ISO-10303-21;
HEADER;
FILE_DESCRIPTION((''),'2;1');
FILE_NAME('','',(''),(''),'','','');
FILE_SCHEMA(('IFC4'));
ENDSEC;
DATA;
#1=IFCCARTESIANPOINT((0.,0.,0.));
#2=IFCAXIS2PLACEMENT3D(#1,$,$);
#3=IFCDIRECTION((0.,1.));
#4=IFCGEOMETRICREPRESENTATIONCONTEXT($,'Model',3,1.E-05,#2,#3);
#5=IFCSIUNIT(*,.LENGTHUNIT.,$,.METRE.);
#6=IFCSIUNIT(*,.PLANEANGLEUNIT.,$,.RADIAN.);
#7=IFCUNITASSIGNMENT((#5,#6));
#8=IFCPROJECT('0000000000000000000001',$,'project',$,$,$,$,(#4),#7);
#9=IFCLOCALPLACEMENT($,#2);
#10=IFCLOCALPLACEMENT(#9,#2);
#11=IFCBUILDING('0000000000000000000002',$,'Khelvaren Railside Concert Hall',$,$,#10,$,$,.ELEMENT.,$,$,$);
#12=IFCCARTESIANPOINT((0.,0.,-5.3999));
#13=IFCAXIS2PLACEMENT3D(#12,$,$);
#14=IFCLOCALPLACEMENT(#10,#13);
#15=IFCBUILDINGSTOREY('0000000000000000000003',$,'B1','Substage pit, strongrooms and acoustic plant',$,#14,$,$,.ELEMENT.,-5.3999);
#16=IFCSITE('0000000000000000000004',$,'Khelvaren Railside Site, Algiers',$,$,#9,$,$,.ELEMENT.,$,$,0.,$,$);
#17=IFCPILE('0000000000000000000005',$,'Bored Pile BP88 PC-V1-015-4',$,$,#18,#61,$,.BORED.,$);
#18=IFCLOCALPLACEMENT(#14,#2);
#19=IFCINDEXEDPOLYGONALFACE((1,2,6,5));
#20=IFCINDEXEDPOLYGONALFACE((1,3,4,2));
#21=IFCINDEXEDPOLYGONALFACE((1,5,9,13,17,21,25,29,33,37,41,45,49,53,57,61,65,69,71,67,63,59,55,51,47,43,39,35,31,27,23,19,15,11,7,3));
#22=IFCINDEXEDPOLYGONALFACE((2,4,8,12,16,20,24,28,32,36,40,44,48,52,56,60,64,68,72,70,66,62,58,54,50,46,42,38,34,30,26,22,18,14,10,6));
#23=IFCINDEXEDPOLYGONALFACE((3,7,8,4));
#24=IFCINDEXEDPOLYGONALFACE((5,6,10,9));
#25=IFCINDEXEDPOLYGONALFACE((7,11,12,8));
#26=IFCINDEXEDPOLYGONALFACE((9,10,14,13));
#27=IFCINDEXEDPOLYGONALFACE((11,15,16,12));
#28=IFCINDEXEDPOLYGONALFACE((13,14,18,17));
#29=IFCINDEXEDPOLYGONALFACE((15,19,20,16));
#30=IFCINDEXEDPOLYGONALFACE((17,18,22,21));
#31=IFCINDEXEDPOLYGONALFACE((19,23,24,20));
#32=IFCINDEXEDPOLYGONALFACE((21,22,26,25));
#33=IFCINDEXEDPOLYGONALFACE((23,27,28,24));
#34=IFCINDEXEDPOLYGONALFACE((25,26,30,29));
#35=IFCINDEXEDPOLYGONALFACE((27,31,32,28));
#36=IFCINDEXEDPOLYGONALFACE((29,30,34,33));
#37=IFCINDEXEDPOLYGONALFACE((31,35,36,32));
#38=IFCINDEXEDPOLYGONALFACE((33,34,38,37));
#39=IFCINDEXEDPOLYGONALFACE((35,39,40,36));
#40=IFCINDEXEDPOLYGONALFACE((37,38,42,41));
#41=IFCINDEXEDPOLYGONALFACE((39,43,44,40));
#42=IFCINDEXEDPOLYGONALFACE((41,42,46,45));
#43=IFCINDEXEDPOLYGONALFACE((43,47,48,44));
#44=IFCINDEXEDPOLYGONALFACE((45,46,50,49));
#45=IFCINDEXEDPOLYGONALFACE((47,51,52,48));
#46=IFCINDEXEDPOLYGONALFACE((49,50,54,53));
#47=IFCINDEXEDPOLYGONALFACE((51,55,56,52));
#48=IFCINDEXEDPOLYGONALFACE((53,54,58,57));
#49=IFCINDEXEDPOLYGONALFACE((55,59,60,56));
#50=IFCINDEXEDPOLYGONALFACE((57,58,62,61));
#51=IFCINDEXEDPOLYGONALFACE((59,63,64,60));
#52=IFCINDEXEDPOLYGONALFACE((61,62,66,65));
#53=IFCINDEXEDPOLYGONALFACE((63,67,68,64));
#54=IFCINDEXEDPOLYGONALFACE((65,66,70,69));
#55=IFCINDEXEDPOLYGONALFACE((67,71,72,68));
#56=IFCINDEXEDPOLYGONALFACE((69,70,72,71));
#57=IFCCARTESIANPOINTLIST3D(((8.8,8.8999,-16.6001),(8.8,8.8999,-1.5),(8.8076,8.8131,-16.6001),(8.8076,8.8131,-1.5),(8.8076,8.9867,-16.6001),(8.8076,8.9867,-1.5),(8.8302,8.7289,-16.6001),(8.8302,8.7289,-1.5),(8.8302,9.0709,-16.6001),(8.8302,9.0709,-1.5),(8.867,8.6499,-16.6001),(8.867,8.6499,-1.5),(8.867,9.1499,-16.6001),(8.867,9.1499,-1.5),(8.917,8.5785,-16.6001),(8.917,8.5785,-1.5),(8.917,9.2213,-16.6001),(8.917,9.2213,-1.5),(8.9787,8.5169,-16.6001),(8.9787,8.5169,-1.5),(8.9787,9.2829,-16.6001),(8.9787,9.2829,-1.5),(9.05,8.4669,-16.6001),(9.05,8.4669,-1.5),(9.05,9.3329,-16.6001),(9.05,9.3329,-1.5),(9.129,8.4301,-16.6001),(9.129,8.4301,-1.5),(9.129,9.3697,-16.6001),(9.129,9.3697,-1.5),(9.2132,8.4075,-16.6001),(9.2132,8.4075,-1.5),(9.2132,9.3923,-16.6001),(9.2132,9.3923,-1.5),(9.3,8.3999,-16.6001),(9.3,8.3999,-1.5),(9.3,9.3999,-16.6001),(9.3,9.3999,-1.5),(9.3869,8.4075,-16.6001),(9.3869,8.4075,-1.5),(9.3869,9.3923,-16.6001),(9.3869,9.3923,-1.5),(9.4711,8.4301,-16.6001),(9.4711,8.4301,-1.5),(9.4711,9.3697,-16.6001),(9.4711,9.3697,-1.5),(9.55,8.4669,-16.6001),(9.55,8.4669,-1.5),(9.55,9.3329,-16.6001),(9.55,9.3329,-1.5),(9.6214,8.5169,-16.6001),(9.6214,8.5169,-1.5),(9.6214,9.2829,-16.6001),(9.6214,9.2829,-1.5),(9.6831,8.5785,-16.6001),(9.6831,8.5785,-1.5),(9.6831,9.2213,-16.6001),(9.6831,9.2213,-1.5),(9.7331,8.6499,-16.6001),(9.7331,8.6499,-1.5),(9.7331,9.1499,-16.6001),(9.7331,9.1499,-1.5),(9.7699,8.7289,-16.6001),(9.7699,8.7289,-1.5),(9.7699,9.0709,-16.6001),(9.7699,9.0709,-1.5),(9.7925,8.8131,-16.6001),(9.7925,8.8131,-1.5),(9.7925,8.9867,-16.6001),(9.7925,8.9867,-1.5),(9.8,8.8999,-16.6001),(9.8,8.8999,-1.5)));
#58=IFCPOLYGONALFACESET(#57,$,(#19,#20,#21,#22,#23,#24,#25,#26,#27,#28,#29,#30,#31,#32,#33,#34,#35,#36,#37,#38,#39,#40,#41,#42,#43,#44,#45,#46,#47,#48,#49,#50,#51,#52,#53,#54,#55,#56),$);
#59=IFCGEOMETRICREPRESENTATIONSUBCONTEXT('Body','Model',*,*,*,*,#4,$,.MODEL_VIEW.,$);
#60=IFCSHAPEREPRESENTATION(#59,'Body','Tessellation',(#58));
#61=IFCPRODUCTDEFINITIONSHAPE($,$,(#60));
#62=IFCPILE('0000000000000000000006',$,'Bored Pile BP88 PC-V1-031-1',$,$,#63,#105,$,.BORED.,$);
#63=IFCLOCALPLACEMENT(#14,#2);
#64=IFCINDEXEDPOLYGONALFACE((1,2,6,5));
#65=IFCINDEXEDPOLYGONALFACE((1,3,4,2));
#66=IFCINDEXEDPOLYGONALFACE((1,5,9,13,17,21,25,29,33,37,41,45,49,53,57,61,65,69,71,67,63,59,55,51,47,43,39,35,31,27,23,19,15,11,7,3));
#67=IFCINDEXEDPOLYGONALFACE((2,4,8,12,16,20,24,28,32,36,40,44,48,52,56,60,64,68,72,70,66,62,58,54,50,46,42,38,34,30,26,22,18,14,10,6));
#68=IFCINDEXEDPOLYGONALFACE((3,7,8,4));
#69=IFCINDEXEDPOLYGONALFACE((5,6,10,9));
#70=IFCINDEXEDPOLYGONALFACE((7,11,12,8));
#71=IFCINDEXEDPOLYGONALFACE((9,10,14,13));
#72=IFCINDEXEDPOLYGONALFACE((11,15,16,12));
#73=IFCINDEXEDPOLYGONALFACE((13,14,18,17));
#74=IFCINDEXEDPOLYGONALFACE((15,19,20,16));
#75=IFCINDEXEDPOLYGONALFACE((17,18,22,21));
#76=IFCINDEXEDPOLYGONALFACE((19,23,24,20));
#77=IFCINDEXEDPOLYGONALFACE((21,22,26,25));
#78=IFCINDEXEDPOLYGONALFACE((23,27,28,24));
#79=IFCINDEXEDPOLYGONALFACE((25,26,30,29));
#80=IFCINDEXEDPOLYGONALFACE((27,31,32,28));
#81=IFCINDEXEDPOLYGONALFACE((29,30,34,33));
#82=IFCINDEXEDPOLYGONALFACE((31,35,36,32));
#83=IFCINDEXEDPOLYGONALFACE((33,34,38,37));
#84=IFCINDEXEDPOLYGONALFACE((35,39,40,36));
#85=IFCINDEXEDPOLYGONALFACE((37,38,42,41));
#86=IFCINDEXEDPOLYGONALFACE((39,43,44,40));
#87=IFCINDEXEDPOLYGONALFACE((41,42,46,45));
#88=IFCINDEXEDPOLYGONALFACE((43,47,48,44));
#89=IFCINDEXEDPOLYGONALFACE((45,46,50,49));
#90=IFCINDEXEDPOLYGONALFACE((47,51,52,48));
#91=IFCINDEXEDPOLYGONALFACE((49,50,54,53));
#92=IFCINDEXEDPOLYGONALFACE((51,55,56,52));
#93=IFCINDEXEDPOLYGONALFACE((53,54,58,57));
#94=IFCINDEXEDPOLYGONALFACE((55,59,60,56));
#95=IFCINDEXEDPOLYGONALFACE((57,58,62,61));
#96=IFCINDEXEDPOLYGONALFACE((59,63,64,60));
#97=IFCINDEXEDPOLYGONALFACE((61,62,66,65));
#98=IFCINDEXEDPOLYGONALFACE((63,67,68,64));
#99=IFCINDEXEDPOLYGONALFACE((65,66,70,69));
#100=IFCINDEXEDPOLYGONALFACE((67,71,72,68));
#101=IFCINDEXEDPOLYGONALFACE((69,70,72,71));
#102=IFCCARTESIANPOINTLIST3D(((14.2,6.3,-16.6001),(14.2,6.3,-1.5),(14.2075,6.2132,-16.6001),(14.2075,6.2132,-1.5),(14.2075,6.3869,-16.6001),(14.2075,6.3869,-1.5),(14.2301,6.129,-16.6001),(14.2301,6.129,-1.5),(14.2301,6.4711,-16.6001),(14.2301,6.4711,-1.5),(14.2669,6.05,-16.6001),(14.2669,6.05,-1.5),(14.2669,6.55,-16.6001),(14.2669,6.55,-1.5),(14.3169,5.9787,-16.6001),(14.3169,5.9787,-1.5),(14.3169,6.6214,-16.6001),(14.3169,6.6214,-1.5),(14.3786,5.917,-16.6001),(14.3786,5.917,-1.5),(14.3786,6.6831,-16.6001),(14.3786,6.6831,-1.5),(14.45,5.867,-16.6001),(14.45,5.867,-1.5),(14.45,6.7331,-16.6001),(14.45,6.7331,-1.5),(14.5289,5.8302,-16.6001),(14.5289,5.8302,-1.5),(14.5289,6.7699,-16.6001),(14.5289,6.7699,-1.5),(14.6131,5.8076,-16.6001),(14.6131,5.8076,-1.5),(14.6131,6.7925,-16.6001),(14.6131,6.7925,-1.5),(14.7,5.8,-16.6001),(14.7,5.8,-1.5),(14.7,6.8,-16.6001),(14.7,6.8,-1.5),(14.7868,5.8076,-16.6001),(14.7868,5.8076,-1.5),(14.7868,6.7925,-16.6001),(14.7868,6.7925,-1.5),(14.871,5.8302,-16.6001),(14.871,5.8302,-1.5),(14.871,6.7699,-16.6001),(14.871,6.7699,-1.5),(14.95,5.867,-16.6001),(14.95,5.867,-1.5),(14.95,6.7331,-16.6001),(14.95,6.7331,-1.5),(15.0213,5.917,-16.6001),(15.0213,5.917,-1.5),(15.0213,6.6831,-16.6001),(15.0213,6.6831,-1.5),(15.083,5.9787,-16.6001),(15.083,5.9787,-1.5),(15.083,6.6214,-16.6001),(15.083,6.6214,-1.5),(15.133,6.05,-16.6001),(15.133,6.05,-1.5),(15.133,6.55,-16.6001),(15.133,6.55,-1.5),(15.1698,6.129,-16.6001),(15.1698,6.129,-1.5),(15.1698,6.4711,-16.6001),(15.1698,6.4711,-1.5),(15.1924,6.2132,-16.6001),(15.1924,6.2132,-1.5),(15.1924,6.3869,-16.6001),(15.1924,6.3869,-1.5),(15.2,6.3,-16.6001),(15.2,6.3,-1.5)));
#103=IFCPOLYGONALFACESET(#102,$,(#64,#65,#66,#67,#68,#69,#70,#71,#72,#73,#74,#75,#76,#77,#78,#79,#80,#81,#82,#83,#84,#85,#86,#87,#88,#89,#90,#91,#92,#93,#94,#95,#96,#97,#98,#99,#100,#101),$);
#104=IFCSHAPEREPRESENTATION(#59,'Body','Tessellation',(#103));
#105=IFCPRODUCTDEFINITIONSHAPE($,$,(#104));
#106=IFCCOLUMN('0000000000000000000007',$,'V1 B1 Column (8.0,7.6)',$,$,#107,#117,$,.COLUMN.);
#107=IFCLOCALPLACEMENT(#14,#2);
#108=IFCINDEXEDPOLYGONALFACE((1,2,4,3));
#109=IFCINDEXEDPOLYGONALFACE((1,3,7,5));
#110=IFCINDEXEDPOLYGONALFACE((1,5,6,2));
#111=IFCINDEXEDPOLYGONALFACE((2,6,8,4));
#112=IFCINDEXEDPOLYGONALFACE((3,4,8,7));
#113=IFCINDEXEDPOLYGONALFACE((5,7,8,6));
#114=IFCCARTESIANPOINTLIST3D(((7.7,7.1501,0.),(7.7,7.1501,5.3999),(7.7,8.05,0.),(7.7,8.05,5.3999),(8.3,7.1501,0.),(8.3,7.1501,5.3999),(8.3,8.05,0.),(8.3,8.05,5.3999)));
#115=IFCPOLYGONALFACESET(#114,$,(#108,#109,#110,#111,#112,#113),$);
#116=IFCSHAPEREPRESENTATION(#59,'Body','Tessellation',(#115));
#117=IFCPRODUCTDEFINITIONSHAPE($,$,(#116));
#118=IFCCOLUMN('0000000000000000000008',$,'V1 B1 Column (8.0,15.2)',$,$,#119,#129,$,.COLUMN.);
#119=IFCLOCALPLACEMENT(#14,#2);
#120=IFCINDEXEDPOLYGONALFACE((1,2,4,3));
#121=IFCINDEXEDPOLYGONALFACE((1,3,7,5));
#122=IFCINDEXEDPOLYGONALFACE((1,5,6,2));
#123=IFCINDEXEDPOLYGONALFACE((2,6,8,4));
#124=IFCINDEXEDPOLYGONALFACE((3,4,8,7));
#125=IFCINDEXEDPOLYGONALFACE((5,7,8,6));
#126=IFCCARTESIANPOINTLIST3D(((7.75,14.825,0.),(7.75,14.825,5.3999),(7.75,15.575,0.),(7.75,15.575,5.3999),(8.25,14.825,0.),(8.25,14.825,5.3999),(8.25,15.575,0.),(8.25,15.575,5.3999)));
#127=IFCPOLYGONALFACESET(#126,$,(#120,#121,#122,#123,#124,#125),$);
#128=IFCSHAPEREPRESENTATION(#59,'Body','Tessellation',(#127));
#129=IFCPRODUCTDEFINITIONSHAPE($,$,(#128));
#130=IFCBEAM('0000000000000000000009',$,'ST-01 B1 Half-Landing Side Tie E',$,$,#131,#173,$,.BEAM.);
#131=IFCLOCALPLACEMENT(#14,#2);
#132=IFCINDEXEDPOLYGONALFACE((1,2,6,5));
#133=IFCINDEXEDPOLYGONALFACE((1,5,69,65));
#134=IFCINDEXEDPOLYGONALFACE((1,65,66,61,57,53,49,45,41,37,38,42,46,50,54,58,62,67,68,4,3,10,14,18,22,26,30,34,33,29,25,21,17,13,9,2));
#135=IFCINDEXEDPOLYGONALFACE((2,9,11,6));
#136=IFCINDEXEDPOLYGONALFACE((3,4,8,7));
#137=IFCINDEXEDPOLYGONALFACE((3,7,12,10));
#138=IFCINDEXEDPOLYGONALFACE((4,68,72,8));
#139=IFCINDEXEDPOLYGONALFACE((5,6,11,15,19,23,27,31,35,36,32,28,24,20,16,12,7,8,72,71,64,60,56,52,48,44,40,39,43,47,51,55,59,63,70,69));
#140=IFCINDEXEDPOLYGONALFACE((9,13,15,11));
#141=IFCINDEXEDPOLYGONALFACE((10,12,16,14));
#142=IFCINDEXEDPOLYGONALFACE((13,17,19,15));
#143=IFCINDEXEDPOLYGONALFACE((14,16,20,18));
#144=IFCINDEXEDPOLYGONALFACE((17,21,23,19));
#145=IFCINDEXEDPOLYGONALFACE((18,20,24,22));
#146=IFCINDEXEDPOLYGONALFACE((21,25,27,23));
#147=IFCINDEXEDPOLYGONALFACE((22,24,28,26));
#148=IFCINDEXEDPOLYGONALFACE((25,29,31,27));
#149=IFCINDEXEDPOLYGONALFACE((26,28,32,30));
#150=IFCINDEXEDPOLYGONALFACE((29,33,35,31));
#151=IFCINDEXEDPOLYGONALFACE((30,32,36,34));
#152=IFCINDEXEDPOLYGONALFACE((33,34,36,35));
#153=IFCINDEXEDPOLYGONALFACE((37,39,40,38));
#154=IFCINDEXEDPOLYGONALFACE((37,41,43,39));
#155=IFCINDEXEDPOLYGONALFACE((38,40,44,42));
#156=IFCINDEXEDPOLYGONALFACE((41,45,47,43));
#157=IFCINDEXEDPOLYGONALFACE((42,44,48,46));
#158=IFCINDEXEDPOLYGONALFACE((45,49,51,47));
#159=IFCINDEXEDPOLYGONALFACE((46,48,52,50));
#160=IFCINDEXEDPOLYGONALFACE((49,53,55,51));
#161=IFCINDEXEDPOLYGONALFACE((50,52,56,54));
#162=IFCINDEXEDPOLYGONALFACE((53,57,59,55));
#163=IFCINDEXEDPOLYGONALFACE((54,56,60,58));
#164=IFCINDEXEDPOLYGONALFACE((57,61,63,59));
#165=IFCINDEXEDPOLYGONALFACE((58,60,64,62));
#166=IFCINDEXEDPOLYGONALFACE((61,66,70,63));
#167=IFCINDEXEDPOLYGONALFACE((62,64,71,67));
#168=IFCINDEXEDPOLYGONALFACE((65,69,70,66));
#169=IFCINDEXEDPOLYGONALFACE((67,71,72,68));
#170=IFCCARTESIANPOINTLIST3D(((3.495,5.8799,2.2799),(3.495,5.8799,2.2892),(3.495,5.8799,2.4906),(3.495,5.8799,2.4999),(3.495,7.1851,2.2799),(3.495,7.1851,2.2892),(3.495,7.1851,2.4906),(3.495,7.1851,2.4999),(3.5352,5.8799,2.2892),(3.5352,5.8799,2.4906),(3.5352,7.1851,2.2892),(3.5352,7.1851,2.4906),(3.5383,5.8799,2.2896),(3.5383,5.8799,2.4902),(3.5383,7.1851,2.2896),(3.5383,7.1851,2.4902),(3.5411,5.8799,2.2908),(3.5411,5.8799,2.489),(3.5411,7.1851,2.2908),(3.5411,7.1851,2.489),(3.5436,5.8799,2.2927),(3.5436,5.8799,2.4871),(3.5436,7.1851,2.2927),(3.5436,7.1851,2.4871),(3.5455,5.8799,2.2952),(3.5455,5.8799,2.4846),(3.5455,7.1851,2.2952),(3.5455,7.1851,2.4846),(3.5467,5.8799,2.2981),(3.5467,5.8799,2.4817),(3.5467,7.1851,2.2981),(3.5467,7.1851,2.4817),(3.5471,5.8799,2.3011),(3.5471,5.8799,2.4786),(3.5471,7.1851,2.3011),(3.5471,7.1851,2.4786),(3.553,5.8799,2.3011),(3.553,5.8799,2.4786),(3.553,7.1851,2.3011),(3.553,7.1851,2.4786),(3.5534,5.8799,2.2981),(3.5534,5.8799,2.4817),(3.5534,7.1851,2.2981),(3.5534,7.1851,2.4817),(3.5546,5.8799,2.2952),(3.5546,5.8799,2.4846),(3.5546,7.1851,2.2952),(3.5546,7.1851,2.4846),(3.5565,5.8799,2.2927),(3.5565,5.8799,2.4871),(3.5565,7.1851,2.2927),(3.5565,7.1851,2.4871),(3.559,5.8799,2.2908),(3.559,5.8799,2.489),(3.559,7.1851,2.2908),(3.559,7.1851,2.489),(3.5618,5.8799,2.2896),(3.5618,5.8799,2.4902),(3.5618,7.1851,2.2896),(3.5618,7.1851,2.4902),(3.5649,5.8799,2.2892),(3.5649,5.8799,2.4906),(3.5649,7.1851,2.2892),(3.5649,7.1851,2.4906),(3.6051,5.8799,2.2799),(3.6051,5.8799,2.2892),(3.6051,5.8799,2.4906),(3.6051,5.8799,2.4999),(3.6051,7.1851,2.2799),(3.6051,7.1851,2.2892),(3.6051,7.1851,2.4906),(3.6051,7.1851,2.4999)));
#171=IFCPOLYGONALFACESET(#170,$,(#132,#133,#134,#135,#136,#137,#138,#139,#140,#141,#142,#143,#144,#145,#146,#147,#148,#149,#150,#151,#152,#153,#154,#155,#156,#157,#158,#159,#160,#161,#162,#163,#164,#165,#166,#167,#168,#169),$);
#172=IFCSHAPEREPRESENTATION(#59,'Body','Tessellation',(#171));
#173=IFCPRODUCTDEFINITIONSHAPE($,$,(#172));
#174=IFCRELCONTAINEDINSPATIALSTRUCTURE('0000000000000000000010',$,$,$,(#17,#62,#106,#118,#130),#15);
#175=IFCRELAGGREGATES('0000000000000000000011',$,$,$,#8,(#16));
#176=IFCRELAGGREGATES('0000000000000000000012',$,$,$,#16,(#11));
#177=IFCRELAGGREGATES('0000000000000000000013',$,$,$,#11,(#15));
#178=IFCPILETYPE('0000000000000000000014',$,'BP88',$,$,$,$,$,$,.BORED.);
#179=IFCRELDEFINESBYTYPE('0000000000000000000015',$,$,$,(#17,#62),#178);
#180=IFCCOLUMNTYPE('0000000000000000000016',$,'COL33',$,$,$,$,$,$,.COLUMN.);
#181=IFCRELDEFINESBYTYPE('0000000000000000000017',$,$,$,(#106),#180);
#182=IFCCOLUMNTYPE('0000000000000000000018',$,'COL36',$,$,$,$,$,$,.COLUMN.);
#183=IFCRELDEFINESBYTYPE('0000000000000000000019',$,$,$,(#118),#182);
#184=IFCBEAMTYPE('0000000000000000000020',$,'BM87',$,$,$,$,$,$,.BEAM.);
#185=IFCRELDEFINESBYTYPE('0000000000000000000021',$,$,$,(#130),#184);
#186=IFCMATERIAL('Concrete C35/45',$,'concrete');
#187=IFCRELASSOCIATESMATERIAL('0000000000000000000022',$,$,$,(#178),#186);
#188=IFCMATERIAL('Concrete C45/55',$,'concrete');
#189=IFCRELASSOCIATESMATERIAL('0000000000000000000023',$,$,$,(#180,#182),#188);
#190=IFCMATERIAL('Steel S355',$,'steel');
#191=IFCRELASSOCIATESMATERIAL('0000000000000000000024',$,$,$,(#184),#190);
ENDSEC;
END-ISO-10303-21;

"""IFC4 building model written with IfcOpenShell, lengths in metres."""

from ifc_helpers import new_model, si_unit, direction, frame, origin, origin_2d, place, context, subcontext, project, spatial, rectangle, circle, i_section, extrude, material, material_profile, profile_set, type_object, element, save


model = new_model("IFC4")

# Units and contexts
model_context = context("Model", 3, precision=1e-05, world=origin(), true_north=direction((0.0, 1.0)))
body_context = subcontext(model_context, "Body", "Model", "MODEL_VIEW")
ifc_project = project(units=[si_unit("LENGTHUNIT", "METRE"), si_unit("PLANEANGLEUNIT", "RADIAN")], contexts=[model_context])

# Site, building, storey
site_placement = place(None, origin())
site = spatial("IfcSite", under=ifc_project, at=site_placement, Name="Khelvaren Railside Site, Algiers", CompositionType="ELEMENT", RefElevation=0.0)
building_placement = place(site_placement, origin())
building = spatial("IfcBuilding", under=site, at=building_placement, Name="Khelvaren Railside Concert Hall", CompositionType="ELEMENT")
storey_placement = place(building_placement, frame((0.0, 0.0, -5.3999)))
storey = spatial("IfcBuildingStorey", under=building, at=storey_placement, Name="B1", Description="Substage pit, strongrooms and acoustic plant", CompositionType="ELEMENT", Elevation=-5.3999)

# Piles
ifc_material_1 = material(Name="Concrete C35/45", Category="concrete")
ifc_material_profile_1 = material_profile(ifc_material_1, circle(Radius=0.5, at=origin_2d()), Name="BP D1000")
ifc_profile_set_1 = profile_set([ifc_material_profile_1], Name="Concrete C35/45")
pile_type_1 = type_object("IfcPileType", Name="BP88", PredefinedType="BORED", material=ifc_profile_set_1)
for number, where, z_axis, x_axis, name in (
    (1, (9.3, 8.8999, -1.5), (0.0, 0.0, -1.0), (1.0, 0.0, 0.0), "Bored Pile BP88 PC-V1-015-4"),
    (2, (14.7, 6.3, -1.5), (0.0, 0.0, -1.0), (1.0, 0.0, 0.0), "Bored Pile BP88 PC-V1-031-1"),
):
    element("IfcPile", number, at=place(storey_placement, frame(where, z_axis=z_axis, x_axis=x_axis)), inside=storey, type_object=pile_type_1, Name=name, PredefinedType="BORED", context=body_context, shape_type="SweptSolid", body=[
        extrude(circle(Radius=0.5, at=origin_2d()), origin(), (0.0, 0.0, 1.0), 15.1001),
    ])

# Columns
ifc_material_2 = material(Name="Concrete C45/55", Category="concrete")
ifc_material_profile_2 = material_profile(ifc_material_2, rectangle(XDim=0.6001, YDim=0.8999, at=origin_2d()), Name="RC 600x900")
ifc_profile_set_2 = profile_set([ifc_material_profile_2], Name="Concrete C45/55")
column_type_1 = type_object("IfcColumnType", Name="COL33", PredefinedType="COLUMN", material=ifc_profile_set_2)
column_1_placement = place(storey_placement, frame((8.0, 7.6001, 0.0), z_axis=(0.0, 0.0, 1.0), x_axis=(1.0, 0.0, 0.0)))
element("IfcColumn", 3, at=column_1_placement, inside=storey, type_object=column_type_1, Name="V1 B1 Column (8.0,7.6)", PredefinedType="COLUMN", context=body_context, shape_type="SweptSolid", body=[
    extrude(rectangle(XDim=0.6001, YDim=0.8999, at=origin_2d()), origin(), (0.0, 0.0, 1.0), 5.3999),
])
ifc_material_profile_3 = material_profile(ifc_material_2, rectangle(XDim=0.5, YDim=0.75, at=origin_2d()), Name="RC 500x750")
ifc_profile_set_3 = profile_set([ifc_material_profile_3], Name="Concrete C45/55")
column_type_2 = type_object("IfcColumnType", Name="COL36", PredefinedType="COLUMN", material=ifc_profile_set_3)
column_2_placement = place(storey_placement, frame((8.0, 15.2, 0.0), z_axis=(0.0, 0.0, 1.0), x_axis=(1.0, 0.0, 0.0)))
element("IfcColumn", 4, at=column_2_placement, inside=storey, type_object=column_type_2, Name="V1 B1 Column (8.0,15.2)", PredefinedType="COLUMN", context=body_context, shape_type="SweptSolid", body=[
    extrude(rectangle(XDim=0.5, YDim=0.75, at=origin_2d()), origin(), (0.0, 0.0, 1.0), 5.3999),
])

# Beam
ifc_material_3 = material(Name="Steel S355", Category="steel")
ifc_material_profile_4 = material_profile(ifc_material_3, i_section(OverallWidth=0.1101, OverallDepth=0.22, WebThickness=0.0059, FlangeThickness=0.0093, FilletRadius=0.012, at=origin_2d()), Name="IPE 220")
ifc_profile_set_4 = profile_set([ifc_material_profile_4], Name="Steel S355")
beam_type = type_object("IfcBeamType", Name="BM87", PredefinedType="BEAM", material=ifc_profile_set_4)
beam_placement = place(storey_placement, frame((3.55, 5.8799, 2.3899), z_axis=(0.0, 1.0, 0.0), x_axis=(-1.0, 0.0, 0.0)))
element("IfcBeam", 5, at=beam_placement, inside=storey, type_object=beam_type, Name="ST-01 B1 Half-Landing Side Tie E", PredefinedType="BEAM", context=body_context, shape_type="SweptSolid", body=[
    extrude(i_section(OverallWidth=0.1101, OverallDepth=0.22, WebThickness=0.0059, FlangeThickness=0.0093, FilletRadius=0.012, at=origin_2d()), origin(), (0.0, 0.0, 1.0), 1.3052),
])

save(model, "model.ifc")
